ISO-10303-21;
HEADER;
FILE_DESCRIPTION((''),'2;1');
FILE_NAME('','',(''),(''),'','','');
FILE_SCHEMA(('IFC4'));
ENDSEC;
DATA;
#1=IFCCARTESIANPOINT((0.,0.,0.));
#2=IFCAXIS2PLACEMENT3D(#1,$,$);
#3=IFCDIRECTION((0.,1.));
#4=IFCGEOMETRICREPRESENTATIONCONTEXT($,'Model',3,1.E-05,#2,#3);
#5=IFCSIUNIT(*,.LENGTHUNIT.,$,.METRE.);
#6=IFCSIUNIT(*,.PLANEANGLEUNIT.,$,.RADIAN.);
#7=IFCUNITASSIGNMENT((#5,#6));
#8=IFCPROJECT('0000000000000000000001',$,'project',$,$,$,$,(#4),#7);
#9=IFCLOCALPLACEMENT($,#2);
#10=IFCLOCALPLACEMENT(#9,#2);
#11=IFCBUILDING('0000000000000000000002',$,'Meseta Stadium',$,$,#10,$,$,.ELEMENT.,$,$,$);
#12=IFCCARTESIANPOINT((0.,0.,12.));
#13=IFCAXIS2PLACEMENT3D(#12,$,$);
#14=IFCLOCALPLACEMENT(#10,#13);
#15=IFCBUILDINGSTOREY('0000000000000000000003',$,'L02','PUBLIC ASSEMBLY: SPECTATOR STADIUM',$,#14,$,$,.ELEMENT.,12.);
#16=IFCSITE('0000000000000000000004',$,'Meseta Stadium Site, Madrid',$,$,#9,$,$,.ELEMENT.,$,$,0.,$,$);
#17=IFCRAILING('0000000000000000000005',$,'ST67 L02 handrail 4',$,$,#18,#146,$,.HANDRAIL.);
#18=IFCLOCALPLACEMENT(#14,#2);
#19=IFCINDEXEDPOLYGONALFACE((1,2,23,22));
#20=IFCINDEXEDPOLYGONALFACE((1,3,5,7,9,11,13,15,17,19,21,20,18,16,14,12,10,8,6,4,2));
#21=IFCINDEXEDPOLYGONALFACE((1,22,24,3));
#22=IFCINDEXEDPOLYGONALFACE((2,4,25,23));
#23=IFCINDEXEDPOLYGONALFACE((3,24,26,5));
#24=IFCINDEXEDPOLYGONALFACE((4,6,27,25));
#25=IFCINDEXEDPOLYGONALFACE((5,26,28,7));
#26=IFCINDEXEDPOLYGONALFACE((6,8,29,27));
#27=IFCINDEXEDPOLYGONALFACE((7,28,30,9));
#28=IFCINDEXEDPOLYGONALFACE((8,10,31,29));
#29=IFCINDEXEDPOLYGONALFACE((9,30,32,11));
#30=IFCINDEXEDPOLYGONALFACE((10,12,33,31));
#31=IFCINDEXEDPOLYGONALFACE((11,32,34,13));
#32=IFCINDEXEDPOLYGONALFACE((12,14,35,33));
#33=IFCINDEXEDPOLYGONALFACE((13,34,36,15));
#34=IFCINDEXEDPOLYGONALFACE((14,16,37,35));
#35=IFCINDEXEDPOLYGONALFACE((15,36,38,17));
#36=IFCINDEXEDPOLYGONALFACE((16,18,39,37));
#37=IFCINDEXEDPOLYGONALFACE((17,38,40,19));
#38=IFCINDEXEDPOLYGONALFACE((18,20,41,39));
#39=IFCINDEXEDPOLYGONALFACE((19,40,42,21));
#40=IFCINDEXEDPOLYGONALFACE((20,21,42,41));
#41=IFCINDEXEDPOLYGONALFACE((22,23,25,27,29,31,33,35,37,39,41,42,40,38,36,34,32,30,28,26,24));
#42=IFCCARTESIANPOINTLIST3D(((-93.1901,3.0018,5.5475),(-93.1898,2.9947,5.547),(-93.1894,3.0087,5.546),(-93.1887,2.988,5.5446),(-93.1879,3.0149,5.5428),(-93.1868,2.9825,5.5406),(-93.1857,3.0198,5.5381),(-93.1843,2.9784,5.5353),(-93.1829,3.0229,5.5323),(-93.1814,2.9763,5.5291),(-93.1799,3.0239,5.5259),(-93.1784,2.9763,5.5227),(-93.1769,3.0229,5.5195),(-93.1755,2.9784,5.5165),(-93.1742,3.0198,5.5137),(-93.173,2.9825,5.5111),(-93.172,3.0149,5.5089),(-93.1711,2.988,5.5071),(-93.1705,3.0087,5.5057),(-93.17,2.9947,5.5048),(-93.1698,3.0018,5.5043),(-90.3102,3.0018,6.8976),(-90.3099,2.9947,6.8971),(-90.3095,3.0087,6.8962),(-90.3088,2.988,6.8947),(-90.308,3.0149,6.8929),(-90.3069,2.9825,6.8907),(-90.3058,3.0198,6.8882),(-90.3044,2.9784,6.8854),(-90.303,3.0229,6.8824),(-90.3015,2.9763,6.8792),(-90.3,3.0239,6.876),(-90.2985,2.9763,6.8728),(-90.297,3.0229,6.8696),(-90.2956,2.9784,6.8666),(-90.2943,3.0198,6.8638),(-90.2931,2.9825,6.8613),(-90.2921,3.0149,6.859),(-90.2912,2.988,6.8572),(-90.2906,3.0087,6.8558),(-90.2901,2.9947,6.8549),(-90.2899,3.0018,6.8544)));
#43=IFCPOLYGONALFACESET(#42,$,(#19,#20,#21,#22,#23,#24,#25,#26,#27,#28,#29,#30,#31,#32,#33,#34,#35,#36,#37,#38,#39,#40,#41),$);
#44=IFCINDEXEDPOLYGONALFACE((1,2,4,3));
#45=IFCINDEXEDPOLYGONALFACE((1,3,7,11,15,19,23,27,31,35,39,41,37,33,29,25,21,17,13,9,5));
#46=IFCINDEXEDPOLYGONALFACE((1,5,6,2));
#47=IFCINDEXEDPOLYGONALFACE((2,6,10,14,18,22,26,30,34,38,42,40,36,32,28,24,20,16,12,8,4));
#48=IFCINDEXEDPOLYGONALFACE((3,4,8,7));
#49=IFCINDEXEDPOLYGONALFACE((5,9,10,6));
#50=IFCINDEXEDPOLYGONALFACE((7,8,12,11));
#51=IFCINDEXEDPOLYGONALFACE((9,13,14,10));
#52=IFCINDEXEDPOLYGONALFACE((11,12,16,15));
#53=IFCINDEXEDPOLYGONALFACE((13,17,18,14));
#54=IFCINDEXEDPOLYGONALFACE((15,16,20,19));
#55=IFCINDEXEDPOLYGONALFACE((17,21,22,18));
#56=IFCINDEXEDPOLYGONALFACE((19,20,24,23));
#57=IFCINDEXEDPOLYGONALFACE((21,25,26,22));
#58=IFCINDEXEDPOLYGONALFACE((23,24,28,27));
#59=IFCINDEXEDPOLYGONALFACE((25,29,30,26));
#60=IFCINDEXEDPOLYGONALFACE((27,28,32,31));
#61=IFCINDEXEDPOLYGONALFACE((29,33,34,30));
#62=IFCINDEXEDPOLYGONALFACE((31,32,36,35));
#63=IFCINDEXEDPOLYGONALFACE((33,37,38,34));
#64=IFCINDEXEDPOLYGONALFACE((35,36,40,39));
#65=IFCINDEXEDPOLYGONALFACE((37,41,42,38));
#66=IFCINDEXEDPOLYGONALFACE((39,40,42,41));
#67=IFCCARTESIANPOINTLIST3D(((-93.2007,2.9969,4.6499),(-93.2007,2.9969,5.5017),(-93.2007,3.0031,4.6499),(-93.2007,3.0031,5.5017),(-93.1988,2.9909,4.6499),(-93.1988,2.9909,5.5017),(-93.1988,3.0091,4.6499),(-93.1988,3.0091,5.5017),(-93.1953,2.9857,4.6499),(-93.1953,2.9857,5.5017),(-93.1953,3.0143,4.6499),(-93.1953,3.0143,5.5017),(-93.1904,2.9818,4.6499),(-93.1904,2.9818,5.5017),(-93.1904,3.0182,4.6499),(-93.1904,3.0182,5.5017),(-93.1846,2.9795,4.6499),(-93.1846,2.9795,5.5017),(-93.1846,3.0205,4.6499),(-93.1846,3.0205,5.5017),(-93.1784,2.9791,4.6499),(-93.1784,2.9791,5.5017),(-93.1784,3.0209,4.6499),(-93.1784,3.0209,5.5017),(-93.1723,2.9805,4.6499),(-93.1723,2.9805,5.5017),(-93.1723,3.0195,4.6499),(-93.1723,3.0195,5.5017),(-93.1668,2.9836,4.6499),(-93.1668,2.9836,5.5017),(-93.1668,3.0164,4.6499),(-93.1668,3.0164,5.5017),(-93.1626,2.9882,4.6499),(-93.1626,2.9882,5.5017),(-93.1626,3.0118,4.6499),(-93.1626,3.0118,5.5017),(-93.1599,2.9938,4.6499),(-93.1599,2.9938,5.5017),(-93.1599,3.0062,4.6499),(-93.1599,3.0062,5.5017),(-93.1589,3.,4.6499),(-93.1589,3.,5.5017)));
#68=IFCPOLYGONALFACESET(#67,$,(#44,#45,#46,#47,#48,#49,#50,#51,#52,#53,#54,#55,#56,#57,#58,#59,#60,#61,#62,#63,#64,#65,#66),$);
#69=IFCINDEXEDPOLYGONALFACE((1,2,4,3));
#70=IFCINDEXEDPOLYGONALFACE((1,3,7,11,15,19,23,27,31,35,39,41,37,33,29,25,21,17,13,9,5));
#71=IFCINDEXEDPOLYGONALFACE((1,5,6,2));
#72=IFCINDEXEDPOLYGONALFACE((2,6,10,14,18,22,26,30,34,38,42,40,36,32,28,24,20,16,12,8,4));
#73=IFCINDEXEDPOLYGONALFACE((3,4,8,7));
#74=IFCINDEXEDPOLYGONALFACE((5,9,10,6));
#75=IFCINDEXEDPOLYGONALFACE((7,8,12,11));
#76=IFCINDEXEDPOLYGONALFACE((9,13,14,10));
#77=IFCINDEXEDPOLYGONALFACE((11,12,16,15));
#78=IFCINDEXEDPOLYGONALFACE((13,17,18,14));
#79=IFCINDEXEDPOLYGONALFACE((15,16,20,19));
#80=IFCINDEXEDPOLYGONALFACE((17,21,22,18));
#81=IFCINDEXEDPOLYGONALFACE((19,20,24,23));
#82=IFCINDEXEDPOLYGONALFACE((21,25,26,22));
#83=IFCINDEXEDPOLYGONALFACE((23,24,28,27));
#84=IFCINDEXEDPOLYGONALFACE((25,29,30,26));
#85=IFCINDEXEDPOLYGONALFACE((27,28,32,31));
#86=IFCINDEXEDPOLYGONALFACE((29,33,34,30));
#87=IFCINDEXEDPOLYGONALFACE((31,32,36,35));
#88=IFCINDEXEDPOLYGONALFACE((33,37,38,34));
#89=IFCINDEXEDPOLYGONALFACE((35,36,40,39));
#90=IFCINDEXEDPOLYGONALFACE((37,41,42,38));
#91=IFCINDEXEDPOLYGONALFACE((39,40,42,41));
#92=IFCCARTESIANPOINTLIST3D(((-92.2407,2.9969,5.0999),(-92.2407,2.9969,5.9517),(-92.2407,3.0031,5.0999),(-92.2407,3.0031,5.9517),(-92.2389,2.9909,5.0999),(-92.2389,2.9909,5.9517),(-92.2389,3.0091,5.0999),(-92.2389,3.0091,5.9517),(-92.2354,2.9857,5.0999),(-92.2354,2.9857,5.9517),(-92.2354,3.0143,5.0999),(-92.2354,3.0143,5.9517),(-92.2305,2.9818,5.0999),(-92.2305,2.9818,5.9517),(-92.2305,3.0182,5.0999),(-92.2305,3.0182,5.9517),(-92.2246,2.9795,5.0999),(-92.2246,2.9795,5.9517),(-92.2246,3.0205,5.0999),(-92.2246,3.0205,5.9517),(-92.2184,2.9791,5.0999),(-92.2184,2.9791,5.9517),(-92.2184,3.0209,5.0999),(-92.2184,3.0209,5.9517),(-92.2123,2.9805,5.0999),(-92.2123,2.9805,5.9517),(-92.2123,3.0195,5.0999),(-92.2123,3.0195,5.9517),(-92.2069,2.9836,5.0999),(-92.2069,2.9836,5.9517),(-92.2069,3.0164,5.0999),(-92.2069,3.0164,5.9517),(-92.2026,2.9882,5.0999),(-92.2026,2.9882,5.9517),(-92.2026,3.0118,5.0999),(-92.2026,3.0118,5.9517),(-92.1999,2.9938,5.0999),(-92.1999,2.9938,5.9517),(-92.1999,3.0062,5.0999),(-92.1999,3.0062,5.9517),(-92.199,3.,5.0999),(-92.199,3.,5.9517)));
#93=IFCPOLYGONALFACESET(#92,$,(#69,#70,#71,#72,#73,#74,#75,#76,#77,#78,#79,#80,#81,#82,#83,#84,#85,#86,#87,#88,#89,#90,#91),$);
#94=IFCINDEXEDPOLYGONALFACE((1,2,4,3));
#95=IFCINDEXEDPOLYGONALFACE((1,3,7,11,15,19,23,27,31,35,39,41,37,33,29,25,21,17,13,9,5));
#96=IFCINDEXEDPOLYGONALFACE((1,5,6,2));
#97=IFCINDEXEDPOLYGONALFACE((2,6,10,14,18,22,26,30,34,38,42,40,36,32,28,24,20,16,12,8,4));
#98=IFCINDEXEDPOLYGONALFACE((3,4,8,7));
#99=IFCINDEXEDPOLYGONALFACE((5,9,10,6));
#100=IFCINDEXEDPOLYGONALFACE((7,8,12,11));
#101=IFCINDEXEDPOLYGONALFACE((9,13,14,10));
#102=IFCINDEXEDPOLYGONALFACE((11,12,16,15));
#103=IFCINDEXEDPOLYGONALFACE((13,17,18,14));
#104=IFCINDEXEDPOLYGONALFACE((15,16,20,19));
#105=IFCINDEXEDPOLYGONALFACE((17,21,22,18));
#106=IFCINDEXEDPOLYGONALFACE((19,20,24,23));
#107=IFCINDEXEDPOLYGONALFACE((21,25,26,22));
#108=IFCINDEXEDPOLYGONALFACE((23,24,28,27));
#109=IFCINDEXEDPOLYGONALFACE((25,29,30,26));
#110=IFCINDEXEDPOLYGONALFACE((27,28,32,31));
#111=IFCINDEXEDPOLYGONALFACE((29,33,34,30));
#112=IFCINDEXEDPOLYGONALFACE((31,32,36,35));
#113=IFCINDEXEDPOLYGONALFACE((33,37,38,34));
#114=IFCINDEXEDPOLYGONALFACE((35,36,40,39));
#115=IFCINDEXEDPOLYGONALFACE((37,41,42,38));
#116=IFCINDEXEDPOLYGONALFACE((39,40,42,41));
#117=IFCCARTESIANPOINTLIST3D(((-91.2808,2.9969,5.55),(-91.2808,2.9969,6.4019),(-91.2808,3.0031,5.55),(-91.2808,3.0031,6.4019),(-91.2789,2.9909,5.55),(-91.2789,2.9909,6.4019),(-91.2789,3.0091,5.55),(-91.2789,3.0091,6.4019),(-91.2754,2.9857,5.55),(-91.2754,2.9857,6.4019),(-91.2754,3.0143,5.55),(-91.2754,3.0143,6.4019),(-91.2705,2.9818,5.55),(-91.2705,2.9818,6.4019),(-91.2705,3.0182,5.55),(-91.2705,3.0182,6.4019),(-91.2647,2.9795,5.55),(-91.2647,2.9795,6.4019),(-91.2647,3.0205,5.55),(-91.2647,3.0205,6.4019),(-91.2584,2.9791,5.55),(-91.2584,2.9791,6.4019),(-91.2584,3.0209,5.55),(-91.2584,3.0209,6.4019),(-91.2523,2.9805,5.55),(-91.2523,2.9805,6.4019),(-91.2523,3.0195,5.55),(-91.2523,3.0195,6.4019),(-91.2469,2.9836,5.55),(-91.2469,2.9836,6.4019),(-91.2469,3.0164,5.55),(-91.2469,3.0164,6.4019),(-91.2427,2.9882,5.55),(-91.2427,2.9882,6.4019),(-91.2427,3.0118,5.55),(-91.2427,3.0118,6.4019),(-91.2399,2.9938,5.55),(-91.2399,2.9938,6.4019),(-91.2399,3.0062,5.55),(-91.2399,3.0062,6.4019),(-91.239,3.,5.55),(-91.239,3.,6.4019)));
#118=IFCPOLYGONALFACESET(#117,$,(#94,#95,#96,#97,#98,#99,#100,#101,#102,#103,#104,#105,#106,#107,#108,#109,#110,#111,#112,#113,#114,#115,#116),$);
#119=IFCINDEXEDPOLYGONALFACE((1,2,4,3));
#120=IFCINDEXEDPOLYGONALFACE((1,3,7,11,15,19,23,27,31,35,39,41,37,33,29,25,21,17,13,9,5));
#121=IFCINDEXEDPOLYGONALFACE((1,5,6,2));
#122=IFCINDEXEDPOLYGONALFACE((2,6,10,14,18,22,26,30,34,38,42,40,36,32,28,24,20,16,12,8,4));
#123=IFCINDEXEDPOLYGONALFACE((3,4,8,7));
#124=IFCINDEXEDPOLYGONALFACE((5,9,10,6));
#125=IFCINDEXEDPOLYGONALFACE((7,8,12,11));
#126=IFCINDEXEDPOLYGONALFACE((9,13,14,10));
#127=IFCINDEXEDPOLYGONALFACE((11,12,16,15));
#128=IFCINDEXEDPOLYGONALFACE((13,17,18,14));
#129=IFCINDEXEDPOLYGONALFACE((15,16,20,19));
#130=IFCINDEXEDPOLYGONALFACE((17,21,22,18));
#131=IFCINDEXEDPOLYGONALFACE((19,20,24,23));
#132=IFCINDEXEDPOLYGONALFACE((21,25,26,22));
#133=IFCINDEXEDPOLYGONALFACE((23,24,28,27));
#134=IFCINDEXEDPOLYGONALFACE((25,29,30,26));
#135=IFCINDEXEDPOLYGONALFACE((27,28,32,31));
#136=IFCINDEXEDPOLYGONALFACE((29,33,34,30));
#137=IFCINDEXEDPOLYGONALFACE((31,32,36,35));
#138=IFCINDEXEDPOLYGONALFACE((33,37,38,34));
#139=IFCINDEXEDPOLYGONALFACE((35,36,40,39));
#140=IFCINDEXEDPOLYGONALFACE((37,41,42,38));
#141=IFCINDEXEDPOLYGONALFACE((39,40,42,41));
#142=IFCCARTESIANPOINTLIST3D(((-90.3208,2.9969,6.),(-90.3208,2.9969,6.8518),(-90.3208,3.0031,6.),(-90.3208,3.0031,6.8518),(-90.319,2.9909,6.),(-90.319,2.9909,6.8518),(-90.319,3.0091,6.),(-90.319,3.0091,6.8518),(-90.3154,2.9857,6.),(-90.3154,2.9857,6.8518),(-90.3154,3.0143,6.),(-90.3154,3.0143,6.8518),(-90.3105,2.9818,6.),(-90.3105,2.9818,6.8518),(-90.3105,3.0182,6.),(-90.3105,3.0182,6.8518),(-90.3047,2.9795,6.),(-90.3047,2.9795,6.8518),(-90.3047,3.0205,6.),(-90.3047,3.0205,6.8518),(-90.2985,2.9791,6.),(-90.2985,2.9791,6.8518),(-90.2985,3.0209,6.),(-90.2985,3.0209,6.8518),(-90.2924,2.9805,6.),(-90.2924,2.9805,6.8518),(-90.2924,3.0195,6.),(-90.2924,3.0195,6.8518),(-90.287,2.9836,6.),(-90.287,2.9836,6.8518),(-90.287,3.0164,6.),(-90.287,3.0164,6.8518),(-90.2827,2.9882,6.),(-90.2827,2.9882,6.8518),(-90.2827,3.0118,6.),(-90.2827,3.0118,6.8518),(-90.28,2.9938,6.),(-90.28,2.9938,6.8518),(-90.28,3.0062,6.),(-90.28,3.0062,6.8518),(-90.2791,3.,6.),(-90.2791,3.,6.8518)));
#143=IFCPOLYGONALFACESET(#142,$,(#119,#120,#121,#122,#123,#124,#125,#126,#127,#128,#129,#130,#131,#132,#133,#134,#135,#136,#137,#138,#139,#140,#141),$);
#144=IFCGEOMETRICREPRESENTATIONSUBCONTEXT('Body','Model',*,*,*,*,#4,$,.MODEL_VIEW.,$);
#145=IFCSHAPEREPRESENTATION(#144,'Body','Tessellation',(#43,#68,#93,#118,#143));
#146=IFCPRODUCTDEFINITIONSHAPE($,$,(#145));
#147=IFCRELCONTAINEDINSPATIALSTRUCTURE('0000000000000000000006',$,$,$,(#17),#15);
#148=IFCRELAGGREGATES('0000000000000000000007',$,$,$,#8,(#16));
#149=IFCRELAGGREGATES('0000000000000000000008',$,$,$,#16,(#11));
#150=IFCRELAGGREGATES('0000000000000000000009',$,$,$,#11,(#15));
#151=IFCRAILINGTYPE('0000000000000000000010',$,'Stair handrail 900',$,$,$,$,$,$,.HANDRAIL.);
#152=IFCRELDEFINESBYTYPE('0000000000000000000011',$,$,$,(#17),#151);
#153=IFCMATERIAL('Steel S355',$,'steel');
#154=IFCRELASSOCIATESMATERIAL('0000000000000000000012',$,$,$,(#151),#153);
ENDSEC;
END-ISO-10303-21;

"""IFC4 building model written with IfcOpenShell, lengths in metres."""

from ifc_helpers import new_model, si_unit, direction, frame, origin, origin_2d, place, context, subcontext, project, spatial, circle, extrude, material, type_object, element, save


model = new_model("IFC4")

# Units and contexts
model_context = context("Model", 3, precision=1e-05, world=origin(), true_north=direction((0.0, 1.0)))
body_context = subcontext(model_context, "Body", "Model", "MODEL_VIEW")
ifc_project = project(units=[si_unit("LENGTHUNIT", "METRE"), si_unit("PLANEANGLEUNIT", "RADIAN")], contexts=[model_context])

# Site, building, storey
site_placement = place(None, origin())
site = spatial("IfcSite", under=ifc_project, at=site_placement, Name="Meseta Stadium Site, Madrid", CompositionType="ELEMENT", RefElevation=0.0)
building_placement = place(site_placement, origin())
building = spatial("IfcBuilding", under=site, at=building_placement, Name="Meseta Stadium", CompositionType="ELEMENT")
storey_placement = place(building_placement, frame((0.0, 0.0, 12.0)))
storey = spatial("IfcBuildingStorey", under=building, at=storey_placement, Name="L02", Description="PUBLIC ASSEMBLY: SPECTATOR STADIUM", CompositionType="ELEMENT", Elevation=12.0)

# Railing
ifc_material_1 = material(Name="Steel S355", Category="steel")
railing_type_1 = type_object("IfcRailingType", Name="Stair handrail 900", PredefinedType="HANDRAIL", material=ifc_material_1)
for number, where, name in (
    (1, (-93.1799, 3.0, 4.6499), "ST67 L02 handrail 4"),
):
    element("IfcRailing", number, at=place(storey_placement, frame(where)), inside=storey, type_object=railing_type_1, Name=name, PredefinedType="HANDRAIL", context=body_context, shape_type="SweptSolid", body=[
        extrude(circle(Radius=0.0239, at=origin_2d()), frame((0.0, 0.0, 0.876), z_axis=(0.90544, 0.0, 0.424473), x_axis=(0.0, 1.0, 0.0)), (0.0, 0.0, 1.0), 3.1807),
        extrude(circle(Radius=0.021, at=origin_2d()), origin(), (0.0, 0.0, 1.0), 0.8518),
        extrude(circle(Radius=0.021, at=origin_2d()), frame((0.96, 0.0, 0.45)), (0.0, 0.0, 1.0), 0.8518),
        extrude(circle(Radius=0.021, at=origin_2d()), frame((1.9199, 0.0, 0.9001)), (0.0, 0.0, 1.0), 0.8518),
        extrude(circle(Radius=0.021, at=origin_2d()), frame((2.8799, 0.0, 1.3501)), (0.0, 0.0, 1.0), 0.8518),
    ])

save(model, "model.ifc")
